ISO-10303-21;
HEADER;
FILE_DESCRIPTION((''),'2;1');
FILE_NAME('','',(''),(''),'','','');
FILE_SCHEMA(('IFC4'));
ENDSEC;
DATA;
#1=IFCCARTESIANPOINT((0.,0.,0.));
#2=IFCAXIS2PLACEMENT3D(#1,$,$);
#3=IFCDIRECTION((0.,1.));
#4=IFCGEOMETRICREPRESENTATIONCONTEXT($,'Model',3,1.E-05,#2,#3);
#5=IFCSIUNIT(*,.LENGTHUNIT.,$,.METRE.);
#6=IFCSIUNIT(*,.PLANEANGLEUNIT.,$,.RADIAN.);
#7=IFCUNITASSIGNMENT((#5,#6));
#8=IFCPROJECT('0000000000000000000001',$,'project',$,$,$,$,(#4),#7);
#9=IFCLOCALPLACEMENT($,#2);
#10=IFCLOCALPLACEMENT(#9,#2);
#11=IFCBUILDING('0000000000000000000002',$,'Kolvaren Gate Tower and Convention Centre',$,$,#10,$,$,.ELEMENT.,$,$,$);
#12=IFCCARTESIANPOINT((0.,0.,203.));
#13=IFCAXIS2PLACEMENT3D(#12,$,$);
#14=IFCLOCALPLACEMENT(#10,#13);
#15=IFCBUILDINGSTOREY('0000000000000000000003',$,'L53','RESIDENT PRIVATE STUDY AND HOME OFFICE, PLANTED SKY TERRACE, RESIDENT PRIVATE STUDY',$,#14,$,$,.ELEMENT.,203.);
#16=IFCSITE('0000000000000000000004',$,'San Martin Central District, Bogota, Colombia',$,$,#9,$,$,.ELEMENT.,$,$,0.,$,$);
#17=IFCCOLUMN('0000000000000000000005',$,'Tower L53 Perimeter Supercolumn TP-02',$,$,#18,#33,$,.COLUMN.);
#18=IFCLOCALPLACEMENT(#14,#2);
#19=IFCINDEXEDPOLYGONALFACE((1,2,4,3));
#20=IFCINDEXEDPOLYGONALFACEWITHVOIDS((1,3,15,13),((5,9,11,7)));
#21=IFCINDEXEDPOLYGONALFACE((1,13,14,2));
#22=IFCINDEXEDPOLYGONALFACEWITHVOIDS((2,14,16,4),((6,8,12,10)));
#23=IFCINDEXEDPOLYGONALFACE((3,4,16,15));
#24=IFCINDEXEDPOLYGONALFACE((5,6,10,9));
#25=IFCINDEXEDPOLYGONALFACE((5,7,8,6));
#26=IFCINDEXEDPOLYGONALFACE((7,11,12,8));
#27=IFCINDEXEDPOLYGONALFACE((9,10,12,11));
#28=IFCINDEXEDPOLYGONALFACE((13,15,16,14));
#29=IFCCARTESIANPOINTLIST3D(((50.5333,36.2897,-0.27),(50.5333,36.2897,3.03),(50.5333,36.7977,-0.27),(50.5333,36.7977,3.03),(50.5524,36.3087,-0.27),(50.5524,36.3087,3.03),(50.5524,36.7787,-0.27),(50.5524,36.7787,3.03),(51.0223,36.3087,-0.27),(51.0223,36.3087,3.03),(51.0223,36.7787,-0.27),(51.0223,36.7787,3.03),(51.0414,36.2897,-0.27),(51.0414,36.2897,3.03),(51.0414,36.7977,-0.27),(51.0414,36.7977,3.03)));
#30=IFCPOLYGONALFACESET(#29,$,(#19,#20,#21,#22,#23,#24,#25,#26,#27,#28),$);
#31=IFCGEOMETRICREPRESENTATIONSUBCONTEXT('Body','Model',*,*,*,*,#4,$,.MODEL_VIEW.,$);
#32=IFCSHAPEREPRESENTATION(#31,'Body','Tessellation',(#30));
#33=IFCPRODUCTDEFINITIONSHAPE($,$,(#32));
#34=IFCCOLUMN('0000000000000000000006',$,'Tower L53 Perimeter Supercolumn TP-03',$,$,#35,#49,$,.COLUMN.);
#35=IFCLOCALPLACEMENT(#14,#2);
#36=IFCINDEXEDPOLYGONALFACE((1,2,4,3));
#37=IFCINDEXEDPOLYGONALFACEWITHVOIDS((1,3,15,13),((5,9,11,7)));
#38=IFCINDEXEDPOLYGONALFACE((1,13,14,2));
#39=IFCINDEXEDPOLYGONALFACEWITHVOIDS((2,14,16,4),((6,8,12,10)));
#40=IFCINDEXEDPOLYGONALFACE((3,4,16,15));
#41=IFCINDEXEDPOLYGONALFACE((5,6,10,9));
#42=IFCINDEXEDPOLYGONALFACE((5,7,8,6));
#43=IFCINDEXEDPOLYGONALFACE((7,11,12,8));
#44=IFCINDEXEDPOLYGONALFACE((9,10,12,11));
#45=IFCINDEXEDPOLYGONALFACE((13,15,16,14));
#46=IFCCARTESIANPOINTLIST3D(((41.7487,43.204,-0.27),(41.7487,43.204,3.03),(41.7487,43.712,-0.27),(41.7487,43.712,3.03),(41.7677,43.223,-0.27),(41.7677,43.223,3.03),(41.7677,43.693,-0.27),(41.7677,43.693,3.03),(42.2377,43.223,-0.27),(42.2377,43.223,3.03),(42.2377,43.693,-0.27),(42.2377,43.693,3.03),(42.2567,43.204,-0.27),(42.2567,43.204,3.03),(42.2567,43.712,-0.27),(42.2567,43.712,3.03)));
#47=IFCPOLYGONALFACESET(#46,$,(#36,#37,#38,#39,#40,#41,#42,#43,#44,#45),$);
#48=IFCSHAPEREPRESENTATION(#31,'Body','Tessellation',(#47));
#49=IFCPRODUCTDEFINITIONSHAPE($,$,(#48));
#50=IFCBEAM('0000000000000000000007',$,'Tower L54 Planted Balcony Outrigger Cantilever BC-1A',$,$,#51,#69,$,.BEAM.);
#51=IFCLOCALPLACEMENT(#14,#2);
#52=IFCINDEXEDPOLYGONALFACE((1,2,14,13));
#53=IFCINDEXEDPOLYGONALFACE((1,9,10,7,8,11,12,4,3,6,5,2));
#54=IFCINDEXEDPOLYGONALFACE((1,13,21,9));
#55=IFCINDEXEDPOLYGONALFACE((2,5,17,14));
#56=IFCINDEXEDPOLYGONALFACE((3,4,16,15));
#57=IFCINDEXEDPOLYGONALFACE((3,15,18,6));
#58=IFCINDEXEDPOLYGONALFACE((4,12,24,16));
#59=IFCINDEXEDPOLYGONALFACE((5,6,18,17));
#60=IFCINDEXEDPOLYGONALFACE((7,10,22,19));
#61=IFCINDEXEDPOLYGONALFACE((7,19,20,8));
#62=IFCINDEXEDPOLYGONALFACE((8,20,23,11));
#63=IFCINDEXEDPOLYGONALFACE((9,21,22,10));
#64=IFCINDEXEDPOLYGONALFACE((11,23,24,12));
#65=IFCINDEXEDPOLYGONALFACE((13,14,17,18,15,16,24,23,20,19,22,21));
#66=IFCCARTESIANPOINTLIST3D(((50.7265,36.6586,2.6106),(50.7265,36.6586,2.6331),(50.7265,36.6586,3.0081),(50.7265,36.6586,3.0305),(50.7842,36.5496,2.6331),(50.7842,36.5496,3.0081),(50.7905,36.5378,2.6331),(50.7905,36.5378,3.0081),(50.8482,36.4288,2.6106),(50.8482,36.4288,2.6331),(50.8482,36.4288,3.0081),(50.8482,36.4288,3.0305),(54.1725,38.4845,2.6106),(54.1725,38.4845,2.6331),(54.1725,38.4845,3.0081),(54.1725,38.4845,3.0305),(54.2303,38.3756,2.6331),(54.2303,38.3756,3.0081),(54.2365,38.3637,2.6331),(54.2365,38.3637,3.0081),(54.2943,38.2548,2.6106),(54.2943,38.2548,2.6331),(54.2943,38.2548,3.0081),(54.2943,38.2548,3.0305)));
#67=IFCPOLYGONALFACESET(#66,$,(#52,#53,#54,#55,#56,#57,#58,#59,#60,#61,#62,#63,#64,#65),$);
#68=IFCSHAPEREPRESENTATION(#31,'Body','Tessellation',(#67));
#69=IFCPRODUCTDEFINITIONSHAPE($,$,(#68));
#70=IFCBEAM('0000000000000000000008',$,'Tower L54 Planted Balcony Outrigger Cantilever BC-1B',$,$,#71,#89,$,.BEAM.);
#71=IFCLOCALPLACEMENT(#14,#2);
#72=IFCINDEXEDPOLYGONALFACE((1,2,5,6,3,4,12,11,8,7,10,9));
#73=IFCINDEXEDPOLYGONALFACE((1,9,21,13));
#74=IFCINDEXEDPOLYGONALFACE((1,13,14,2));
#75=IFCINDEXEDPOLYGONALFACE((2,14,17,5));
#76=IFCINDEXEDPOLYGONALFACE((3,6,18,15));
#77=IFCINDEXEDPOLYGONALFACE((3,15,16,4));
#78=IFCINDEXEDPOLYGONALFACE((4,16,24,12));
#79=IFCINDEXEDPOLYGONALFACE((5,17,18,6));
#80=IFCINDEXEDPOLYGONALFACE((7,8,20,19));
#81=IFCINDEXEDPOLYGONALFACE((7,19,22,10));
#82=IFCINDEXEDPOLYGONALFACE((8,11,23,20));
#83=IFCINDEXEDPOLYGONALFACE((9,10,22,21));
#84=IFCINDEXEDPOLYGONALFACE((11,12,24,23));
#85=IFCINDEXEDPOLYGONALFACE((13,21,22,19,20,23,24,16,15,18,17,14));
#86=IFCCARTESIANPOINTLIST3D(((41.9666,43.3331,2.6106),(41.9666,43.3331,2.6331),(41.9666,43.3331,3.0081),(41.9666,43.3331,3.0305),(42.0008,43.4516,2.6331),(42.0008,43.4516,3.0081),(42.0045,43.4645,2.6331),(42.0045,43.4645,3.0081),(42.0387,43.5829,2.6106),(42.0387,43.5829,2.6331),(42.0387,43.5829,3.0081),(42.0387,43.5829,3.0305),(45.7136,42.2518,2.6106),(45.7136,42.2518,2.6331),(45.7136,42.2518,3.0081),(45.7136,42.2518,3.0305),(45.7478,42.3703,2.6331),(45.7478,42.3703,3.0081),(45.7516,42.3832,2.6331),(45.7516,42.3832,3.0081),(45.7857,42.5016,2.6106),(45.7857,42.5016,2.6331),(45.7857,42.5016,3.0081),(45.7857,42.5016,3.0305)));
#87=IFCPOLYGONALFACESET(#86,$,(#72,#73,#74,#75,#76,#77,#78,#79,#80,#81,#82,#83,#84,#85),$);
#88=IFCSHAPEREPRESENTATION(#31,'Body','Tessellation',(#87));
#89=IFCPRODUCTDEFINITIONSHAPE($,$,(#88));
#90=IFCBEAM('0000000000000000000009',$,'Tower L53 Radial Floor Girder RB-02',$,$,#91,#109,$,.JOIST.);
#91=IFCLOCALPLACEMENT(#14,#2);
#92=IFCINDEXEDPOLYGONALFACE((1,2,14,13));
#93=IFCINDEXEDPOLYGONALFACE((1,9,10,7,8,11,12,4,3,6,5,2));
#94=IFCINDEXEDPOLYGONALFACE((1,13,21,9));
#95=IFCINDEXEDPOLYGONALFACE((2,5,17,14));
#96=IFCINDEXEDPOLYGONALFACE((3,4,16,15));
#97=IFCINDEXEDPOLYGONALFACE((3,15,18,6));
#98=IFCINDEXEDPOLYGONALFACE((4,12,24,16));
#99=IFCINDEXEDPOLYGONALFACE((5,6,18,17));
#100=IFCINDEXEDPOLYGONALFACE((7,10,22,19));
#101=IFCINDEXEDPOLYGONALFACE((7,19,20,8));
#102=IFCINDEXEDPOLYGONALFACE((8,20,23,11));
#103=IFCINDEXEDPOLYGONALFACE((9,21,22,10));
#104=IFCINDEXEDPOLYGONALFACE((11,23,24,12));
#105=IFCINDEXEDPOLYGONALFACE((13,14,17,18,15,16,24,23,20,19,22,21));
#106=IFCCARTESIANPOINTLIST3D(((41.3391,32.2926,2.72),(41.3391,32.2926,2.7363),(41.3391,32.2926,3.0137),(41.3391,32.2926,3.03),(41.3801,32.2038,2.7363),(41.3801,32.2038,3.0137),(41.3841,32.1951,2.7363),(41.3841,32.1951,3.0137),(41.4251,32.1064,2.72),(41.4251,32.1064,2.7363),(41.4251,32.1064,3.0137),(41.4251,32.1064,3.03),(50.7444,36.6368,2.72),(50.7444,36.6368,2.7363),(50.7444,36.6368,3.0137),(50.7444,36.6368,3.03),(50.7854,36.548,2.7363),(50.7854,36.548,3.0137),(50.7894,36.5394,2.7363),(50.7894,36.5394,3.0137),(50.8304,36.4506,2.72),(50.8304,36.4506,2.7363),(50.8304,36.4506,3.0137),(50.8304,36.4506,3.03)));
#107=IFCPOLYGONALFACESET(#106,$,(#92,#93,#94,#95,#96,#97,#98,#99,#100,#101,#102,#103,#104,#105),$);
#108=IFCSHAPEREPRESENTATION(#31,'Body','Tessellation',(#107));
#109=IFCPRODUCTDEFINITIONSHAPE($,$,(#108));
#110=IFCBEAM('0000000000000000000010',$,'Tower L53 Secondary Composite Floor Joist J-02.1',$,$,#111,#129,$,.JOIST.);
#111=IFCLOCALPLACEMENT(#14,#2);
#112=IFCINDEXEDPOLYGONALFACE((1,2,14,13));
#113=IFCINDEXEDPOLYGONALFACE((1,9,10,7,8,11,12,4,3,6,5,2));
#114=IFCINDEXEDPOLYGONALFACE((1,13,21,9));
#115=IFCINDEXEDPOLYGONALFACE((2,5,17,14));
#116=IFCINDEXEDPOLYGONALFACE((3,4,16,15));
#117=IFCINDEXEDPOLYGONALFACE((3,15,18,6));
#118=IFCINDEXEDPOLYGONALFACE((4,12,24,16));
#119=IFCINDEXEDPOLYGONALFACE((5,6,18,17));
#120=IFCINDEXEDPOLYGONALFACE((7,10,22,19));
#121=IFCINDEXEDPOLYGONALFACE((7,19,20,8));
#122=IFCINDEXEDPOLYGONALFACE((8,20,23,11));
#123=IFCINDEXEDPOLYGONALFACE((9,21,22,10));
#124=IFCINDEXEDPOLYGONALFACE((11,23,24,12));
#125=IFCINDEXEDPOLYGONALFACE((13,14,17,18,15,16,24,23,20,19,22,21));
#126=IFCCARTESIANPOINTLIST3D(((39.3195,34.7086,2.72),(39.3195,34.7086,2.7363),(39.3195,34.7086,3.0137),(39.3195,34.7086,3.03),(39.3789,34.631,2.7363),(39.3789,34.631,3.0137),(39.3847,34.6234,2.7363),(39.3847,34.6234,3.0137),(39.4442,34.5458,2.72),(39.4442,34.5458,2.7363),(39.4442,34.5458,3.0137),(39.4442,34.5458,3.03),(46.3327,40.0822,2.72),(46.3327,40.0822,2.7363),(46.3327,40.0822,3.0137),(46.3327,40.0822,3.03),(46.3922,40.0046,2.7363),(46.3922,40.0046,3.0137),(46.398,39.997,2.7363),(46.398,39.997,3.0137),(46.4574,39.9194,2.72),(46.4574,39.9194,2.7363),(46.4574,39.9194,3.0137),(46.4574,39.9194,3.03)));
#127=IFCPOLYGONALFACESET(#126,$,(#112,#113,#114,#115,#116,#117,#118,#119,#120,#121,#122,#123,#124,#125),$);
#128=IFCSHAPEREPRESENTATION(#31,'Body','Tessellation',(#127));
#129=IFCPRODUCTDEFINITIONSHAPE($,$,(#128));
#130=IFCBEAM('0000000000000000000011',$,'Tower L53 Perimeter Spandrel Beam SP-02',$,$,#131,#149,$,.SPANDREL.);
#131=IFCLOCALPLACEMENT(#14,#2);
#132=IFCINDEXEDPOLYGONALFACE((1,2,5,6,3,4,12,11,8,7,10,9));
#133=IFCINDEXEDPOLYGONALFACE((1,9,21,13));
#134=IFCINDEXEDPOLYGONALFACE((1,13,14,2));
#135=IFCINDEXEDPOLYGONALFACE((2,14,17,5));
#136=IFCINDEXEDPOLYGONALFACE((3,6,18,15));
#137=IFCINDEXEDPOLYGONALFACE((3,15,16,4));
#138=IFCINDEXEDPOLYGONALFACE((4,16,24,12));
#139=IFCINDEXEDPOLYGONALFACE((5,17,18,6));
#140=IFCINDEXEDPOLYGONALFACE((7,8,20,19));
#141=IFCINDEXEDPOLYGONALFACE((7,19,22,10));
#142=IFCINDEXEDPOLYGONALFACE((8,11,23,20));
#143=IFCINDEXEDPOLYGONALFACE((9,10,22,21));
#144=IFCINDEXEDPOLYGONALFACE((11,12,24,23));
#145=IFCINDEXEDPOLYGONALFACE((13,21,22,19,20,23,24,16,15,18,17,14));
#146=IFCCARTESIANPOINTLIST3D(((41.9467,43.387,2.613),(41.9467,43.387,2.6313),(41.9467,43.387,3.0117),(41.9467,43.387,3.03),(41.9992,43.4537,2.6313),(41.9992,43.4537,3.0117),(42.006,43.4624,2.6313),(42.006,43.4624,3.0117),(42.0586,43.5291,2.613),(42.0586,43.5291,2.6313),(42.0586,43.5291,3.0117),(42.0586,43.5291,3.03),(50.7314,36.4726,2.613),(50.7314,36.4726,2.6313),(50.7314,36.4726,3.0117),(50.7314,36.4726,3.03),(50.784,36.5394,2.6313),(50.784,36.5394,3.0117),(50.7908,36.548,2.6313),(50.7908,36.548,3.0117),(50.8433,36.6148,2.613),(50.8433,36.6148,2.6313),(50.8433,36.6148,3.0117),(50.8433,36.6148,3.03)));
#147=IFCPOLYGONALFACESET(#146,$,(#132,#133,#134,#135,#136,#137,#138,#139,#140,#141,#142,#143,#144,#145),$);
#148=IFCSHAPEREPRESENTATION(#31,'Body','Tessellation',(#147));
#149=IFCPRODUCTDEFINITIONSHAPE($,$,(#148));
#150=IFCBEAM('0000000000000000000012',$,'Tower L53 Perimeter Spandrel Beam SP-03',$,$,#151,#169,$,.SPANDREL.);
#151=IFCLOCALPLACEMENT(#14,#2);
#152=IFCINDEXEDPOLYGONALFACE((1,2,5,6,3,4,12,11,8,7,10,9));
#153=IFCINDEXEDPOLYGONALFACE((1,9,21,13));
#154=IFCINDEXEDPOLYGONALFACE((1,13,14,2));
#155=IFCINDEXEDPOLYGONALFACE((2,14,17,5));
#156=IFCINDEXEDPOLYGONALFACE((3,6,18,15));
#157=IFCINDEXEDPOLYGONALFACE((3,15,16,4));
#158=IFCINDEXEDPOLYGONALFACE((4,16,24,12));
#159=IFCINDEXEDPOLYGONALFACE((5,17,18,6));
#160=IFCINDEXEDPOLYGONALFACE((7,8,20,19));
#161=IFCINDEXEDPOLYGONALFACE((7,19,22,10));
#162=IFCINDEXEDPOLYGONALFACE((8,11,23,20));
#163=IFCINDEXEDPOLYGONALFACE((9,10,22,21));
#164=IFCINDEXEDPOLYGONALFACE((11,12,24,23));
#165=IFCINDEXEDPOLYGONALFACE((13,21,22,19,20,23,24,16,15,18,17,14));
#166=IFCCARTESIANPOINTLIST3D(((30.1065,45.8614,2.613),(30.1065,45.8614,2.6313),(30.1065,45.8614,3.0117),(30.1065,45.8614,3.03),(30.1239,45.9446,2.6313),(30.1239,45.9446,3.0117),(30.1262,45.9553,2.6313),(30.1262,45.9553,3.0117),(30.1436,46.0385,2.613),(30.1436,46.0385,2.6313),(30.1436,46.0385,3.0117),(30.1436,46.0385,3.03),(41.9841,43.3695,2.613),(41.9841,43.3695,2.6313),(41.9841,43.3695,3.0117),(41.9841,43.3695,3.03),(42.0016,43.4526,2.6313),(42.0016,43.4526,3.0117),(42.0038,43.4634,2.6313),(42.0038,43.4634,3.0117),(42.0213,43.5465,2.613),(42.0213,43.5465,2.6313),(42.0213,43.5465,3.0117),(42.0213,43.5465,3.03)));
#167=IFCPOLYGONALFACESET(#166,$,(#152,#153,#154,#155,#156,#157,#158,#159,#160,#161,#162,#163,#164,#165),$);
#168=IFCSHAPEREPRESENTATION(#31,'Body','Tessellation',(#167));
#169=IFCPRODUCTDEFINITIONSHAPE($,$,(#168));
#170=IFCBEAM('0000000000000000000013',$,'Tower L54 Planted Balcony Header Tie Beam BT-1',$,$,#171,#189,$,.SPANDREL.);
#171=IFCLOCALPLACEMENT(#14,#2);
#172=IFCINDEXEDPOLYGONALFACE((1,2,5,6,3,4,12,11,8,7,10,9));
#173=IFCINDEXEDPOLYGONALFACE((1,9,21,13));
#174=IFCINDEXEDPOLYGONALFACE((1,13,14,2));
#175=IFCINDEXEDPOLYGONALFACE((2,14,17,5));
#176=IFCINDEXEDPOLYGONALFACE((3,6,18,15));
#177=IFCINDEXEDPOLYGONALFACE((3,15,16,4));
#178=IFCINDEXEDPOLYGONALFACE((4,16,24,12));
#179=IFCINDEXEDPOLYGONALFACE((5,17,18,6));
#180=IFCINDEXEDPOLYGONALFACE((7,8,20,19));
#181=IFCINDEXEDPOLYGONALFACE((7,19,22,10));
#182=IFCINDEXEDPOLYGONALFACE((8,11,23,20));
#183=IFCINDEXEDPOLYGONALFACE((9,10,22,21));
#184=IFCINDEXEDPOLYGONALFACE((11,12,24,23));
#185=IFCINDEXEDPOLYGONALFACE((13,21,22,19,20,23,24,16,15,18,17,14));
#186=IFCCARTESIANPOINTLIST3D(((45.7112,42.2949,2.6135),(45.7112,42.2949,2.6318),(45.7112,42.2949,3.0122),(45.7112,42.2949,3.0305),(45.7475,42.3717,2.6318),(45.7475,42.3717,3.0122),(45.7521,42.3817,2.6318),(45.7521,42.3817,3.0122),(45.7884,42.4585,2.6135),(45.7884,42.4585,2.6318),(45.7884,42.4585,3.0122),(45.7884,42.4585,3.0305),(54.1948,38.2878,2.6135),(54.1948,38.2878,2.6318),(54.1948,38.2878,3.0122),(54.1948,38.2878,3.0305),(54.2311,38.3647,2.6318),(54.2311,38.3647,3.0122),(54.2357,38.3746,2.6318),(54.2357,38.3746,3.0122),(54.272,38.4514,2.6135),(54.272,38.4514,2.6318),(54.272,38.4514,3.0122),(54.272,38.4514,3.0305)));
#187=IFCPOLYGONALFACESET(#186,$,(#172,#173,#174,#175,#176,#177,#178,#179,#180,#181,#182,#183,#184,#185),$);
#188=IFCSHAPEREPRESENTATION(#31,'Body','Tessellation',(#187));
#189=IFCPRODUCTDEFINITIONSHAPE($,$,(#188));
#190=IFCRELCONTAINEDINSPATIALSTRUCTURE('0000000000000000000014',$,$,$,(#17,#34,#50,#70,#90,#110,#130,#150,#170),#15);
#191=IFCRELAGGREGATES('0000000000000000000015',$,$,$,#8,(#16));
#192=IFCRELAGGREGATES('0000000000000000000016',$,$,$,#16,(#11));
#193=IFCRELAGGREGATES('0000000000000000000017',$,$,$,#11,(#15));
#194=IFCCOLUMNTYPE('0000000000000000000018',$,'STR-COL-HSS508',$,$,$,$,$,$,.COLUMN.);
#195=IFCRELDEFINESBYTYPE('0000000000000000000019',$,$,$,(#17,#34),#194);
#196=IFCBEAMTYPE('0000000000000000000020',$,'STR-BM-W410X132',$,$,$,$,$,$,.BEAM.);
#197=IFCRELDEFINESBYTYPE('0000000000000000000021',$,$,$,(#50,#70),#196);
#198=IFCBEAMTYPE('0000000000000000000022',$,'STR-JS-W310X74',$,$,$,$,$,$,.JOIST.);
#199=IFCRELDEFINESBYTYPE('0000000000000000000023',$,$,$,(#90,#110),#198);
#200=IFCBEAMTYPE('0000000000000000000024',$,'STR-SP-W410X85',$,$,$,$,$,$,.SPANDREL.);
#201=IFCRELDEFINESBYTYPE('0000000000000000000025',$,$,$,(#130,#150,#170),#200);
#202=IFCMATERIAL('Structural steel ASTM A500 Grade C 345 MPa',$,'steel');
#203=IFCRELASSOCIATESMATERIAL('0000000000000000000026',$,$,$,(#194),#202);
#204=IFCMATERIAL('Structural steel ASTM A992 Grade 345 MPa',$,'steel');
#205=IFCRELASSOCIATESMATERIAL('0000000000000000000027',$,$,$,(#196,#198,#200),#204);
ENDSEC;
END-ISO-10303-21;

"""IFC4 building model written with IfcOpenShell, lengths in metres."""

from ifc_helpers import new_model, si_unit, direction, frame, origin, origin_2d, place, context, subcontext, project, spatial, hollow_rectangle, i_section, extrude, material, material_profile, profile_set, type_object, element, save


model = new_model("IFC4")

# Units and contexts
model_context = context("Model", 3, precision=1e-05, world=origin(), true_north=direction((0.0, 1.0)))
body_context = subcontext(model_context, "Body", "Model", "MODEL_VIEW")
ifc_project = project(units=[si_unit("LENGTHUNIT", "METRE"), si_unit("PLANEANGLEUNIT", "RADIAN")], contexts=[model_context])

# Site, building, storey
site_placement = place(None, origin())
site = spatial("IfcSite", under=ifc_project, at=site_placement, Name="San Martin Central District, Bogota, Colombia", CompositionType="ELEMENT", RefElevation=0.0)
building_placement = place(site_placement, origin())
building = spatial("IfcBuilding", under=site, at=building_placement, Name="Kolvaren Gate Tower and Convention Centre", CompositionType="ELEMENT")
storey_placement = place(building_placement, frame((0.0, 0.0, 203.0)))
storey = spatial("IfcBuildingStorey", under=building, at=storey_placement, Name="L53", Description="RESIDENT PRIVATE STUDY AND HOME OFFICE, PLANTED SKY TERRACE, RESIDENT PRIVATE STUDY", CompositionType="ELEMENT", Elevation=203.0)

# Columns
ifc_material_1 = material(Name="Structural steel ASTM A500 Grade C 345 MPa", Category="steel")
ifc_material_profile_1 = material_profile(ifc_material_1, hollow_rectangle(XDim=0.5081, YDim=0.5081, WallThickness=0.019, at=origin_2d()), Name="HSS508X508X19.1")
ifc_profile_set_1 = profile_set([ifc_material_profile_1], Name="Structural steel ASTM A500 Grade C 345 MPa")
column_type = type_object("IfcColumnType", Name="STR-COL-HSS508", PredefinedType="COLUMN", material=ifc_profile_set_1)
for number, where, z_axis, x_axis, name in (
    (1, (50.7874, 36.5437, -0.27), (0.0, 0.0, 1.0), (1.0, 0.0, 0.0), "Tower L53 Perimeter Supercolumn TP-02"),
    (2, (42.0027, 43.458, -0.27), (0.0, 0.0, 1.0), (1.0, 0.0, 0.0), "Tower L53 Perimeter Supercolumn TP-03"),
):
    element("IfcColumn", number, at=place(storey_placement, frame(where, z_axis=z_axis, x_axis=x_axis)), inside=storey, type_object=column_type, Name=name, PredefinedType="COLUMN", context=body_context, shape_type="SweptSolid", body=[
        extrude(hollow_rectangle(XDim=0.5081, YDim=0.5081, WallThickness=0.019, at=origin_2d()), origin(), (0.0, 0.0, 1.0), 3.3),
    ])

# Beams
ifc_material_2 = material(Name="Structural steel ASTM A992 Grade 345 MPa", Category="steel")
ifc_material_profile_2 = material_profile(ifc_material_2, i_section(OverallWidth=0.26, OverallDepth=0.4199, WebThickness=0.0134, FlangeThickness=0.0225, at=origin_2d()), Name="W410X132")
ifc_profile_set_2 = profile_set([ifc_material_profile_2], Name="Structural steel ASTM A992 Grade 345 MPa")
beam_type_1 = type_object("IfcBeamType", Name="STR-BM-W410X132", PredefinedType="BEAM", material=ifc_profile_set_2)
for number, where, z_axis, x_axis, name in (
    (3, (50.7874, 36.5437, 2.8206), (0.883623, 0.468198, 0.0), (-0.468198, 0.883623, 0.0), "Tower L54 Planted Balcony Outrigger Cantilever BC-1A"),
    (4, (42.0027, 43.458, 2.8206), (0.960795, -0.277258, 0.0), (0.277258, 0.960795, 0.0), "Tower L54 Planted Balcony Outrigger Cantilever BC-1B"),
):
    element("IfcBeam", number, at=place(storey_placement, frame(where, z_axis=z_axis, x_axis=x_axis)), inside=storey, type_object=beam_type_1, Name=name, PredefinedType="BEAM", context=body_context, shape_type="SweptSolid", body=[
        extrude(i_section(OverallWidth=0.26, OverallDepth=0.4199, WebThickness=0.0134, FlangeThickness=0.0225, at=origin_2d()), origin(), (0.0, 0.0, 1.0), 3.8999),
    ])
ifc_material_profile_3 = material_profile(ifc_material_2, i_section(OverallWidth=0.2051, OverallDepth=0.3101, WebThickness=0.0095, FlangeThickness=0.0164, at=origin_2d()), Name="W310X74")
ifc_profile_set_3 = profile_set([ifc_material_profile_3], Name="Structural steel ASTM A992 Grade 345 MPa")
beam_type_2 = type_object("IfcBeamType", Name="STR-JS-W310X74", PredefinedType="JOIST", material=ifc_profile_set_3)
beam_1_placement = place(storey_placement, frame((41.3821, 32.1995, 2.875), z_axis=(0.907837, 0.419324, 0.0), x_axis=(-0.419324, 0.907837, 0.0)))
element("IfcBeam", 5, at=beam_1_placement, inside=storey, type_object=beam_type_2, Name="Tower L53 Radial Floor Girder RB-02", PredefinedType="JOIST", context=body_context, shape_type="SweptSolid", body=[
    extrude(i_section(OverallWidth=0.2051, OverallDepth=0.3101, WebThickness=0.0095, FlangeThickness=0.0164, at=origin_2d()), origin(), (0.0, 0.0, 1.0), 10.3601),
])
beam_2_placement = place(storey_placement, frame((39.3818, 34.6272, 2.875), z_axis=(0.793783, 0.608201, 0.0), x_axis=(-0.608201, 0.793783, 0.0)))
element("IfcBeam", 6, at=beam_2_placement, inside=storey, type_object=beam_type_2, Name="Tower L53 Secondary Composite Floor Joist J-02.1", PredefinedType="JOIST", context=body_context, shape_type="SweptSolid", body=[
    extrude(i_section(OverallWidth=0.2051, OverallDepth=0.3101, WebThickness=0.0095, FlangeThickness=0.0164, at=origin_2d()), origin(), (0.0, 0.0, 1.0), 8.8352),
])
ifc_material_profile_4 = material_profile(ifc_material_2, i_section(OverallWidth=0.1809, OverallDepth=0.417, WebThickness=0.011, FlangeThickness=0.0183, at=origin_2d()), Name="W410X85")
ifc_profile_set_4 = profile_set([ifc_material_profile_4], Name="Structural steel ASTM A992 Grade 345 MPa")
beam_type_3 = type_object("IfcBeamType", Name="STR-SP-W410X85", PredefinedType="SPANDREL", material=ifc_profile_set_4)
beam_3_placement = place(storey_placement, frame((50.7874, 36.5437, 2.8215), z_axis=(-0.785794, 0.618489, 0.0), x_axis=(-0.618489, -0.785794, 0.0)))
element("IfcBeam", 7, at=beam_3_placement, inside=storey, type_object=beam_type_3, Name="Tower L53 Perimeter Spandrel Beam SP-02", PredefinedType="SPANDREL", context=body_context, shape_type="SweptSolid", body=[
    extrude(i_section(OverallWidth=0.1809, OverallDepth=0.417, WebThickness=0.011, FlangeThickness=0.0183, at=origin_2d()), origin(), (0.0, 0.0, 1.0), 11.1794),
])
beam_4_placement = place(storey_placement, frame((42.0027, 43.458, 2.8215), z_axis=(-0.978693, 0.20533, 0.0), x_axis=(-0.20533, -0.978693, 0.0)))
element("IfcBeam", 8, at=beam_4_placement, inside=storey, type_object=beam_type_3, Name="Tower L53 Perimeter Spandrel Beam SP-03", PredefinedType="SPANDREL", context=body_context, shape_type="SweptSolid", body=[
    extrude(i_section(OverallWidth=0.1809, OverallDepth=0.417, WebThickness=0.011, FlangeThickness=0.0183, at=origin_2d()), origin(), (0.0, 0.0, 1.0), 12.1362),
])
beam_5_placement = place(storey_placement, frame((54.2334, 38.3696, 2.822), z_axis=(-0.904211, 0.427086, 0.0), x_axis=(-0.427086, -0.904211, 0.0)))
element("IfcBeam", 9, at=beam_5_placement, inside=storey, type_object=beam_type_3, Name="Tower L54 Planted Balcony Header Tie Beam BT-1", PredefinedType="SPANDREL", context=body_context, shape_type="SweptSolid", body=[
    extrude(i_section(OverallWidth=0.1809, OverallDepth=0.417, WebThickness=0.011, FlangeThickness=0.0183, at=origin_2d()), origin(), (0.0, 0.0, 1.0), 9.3823),
])

save(model, "model.ifc")
